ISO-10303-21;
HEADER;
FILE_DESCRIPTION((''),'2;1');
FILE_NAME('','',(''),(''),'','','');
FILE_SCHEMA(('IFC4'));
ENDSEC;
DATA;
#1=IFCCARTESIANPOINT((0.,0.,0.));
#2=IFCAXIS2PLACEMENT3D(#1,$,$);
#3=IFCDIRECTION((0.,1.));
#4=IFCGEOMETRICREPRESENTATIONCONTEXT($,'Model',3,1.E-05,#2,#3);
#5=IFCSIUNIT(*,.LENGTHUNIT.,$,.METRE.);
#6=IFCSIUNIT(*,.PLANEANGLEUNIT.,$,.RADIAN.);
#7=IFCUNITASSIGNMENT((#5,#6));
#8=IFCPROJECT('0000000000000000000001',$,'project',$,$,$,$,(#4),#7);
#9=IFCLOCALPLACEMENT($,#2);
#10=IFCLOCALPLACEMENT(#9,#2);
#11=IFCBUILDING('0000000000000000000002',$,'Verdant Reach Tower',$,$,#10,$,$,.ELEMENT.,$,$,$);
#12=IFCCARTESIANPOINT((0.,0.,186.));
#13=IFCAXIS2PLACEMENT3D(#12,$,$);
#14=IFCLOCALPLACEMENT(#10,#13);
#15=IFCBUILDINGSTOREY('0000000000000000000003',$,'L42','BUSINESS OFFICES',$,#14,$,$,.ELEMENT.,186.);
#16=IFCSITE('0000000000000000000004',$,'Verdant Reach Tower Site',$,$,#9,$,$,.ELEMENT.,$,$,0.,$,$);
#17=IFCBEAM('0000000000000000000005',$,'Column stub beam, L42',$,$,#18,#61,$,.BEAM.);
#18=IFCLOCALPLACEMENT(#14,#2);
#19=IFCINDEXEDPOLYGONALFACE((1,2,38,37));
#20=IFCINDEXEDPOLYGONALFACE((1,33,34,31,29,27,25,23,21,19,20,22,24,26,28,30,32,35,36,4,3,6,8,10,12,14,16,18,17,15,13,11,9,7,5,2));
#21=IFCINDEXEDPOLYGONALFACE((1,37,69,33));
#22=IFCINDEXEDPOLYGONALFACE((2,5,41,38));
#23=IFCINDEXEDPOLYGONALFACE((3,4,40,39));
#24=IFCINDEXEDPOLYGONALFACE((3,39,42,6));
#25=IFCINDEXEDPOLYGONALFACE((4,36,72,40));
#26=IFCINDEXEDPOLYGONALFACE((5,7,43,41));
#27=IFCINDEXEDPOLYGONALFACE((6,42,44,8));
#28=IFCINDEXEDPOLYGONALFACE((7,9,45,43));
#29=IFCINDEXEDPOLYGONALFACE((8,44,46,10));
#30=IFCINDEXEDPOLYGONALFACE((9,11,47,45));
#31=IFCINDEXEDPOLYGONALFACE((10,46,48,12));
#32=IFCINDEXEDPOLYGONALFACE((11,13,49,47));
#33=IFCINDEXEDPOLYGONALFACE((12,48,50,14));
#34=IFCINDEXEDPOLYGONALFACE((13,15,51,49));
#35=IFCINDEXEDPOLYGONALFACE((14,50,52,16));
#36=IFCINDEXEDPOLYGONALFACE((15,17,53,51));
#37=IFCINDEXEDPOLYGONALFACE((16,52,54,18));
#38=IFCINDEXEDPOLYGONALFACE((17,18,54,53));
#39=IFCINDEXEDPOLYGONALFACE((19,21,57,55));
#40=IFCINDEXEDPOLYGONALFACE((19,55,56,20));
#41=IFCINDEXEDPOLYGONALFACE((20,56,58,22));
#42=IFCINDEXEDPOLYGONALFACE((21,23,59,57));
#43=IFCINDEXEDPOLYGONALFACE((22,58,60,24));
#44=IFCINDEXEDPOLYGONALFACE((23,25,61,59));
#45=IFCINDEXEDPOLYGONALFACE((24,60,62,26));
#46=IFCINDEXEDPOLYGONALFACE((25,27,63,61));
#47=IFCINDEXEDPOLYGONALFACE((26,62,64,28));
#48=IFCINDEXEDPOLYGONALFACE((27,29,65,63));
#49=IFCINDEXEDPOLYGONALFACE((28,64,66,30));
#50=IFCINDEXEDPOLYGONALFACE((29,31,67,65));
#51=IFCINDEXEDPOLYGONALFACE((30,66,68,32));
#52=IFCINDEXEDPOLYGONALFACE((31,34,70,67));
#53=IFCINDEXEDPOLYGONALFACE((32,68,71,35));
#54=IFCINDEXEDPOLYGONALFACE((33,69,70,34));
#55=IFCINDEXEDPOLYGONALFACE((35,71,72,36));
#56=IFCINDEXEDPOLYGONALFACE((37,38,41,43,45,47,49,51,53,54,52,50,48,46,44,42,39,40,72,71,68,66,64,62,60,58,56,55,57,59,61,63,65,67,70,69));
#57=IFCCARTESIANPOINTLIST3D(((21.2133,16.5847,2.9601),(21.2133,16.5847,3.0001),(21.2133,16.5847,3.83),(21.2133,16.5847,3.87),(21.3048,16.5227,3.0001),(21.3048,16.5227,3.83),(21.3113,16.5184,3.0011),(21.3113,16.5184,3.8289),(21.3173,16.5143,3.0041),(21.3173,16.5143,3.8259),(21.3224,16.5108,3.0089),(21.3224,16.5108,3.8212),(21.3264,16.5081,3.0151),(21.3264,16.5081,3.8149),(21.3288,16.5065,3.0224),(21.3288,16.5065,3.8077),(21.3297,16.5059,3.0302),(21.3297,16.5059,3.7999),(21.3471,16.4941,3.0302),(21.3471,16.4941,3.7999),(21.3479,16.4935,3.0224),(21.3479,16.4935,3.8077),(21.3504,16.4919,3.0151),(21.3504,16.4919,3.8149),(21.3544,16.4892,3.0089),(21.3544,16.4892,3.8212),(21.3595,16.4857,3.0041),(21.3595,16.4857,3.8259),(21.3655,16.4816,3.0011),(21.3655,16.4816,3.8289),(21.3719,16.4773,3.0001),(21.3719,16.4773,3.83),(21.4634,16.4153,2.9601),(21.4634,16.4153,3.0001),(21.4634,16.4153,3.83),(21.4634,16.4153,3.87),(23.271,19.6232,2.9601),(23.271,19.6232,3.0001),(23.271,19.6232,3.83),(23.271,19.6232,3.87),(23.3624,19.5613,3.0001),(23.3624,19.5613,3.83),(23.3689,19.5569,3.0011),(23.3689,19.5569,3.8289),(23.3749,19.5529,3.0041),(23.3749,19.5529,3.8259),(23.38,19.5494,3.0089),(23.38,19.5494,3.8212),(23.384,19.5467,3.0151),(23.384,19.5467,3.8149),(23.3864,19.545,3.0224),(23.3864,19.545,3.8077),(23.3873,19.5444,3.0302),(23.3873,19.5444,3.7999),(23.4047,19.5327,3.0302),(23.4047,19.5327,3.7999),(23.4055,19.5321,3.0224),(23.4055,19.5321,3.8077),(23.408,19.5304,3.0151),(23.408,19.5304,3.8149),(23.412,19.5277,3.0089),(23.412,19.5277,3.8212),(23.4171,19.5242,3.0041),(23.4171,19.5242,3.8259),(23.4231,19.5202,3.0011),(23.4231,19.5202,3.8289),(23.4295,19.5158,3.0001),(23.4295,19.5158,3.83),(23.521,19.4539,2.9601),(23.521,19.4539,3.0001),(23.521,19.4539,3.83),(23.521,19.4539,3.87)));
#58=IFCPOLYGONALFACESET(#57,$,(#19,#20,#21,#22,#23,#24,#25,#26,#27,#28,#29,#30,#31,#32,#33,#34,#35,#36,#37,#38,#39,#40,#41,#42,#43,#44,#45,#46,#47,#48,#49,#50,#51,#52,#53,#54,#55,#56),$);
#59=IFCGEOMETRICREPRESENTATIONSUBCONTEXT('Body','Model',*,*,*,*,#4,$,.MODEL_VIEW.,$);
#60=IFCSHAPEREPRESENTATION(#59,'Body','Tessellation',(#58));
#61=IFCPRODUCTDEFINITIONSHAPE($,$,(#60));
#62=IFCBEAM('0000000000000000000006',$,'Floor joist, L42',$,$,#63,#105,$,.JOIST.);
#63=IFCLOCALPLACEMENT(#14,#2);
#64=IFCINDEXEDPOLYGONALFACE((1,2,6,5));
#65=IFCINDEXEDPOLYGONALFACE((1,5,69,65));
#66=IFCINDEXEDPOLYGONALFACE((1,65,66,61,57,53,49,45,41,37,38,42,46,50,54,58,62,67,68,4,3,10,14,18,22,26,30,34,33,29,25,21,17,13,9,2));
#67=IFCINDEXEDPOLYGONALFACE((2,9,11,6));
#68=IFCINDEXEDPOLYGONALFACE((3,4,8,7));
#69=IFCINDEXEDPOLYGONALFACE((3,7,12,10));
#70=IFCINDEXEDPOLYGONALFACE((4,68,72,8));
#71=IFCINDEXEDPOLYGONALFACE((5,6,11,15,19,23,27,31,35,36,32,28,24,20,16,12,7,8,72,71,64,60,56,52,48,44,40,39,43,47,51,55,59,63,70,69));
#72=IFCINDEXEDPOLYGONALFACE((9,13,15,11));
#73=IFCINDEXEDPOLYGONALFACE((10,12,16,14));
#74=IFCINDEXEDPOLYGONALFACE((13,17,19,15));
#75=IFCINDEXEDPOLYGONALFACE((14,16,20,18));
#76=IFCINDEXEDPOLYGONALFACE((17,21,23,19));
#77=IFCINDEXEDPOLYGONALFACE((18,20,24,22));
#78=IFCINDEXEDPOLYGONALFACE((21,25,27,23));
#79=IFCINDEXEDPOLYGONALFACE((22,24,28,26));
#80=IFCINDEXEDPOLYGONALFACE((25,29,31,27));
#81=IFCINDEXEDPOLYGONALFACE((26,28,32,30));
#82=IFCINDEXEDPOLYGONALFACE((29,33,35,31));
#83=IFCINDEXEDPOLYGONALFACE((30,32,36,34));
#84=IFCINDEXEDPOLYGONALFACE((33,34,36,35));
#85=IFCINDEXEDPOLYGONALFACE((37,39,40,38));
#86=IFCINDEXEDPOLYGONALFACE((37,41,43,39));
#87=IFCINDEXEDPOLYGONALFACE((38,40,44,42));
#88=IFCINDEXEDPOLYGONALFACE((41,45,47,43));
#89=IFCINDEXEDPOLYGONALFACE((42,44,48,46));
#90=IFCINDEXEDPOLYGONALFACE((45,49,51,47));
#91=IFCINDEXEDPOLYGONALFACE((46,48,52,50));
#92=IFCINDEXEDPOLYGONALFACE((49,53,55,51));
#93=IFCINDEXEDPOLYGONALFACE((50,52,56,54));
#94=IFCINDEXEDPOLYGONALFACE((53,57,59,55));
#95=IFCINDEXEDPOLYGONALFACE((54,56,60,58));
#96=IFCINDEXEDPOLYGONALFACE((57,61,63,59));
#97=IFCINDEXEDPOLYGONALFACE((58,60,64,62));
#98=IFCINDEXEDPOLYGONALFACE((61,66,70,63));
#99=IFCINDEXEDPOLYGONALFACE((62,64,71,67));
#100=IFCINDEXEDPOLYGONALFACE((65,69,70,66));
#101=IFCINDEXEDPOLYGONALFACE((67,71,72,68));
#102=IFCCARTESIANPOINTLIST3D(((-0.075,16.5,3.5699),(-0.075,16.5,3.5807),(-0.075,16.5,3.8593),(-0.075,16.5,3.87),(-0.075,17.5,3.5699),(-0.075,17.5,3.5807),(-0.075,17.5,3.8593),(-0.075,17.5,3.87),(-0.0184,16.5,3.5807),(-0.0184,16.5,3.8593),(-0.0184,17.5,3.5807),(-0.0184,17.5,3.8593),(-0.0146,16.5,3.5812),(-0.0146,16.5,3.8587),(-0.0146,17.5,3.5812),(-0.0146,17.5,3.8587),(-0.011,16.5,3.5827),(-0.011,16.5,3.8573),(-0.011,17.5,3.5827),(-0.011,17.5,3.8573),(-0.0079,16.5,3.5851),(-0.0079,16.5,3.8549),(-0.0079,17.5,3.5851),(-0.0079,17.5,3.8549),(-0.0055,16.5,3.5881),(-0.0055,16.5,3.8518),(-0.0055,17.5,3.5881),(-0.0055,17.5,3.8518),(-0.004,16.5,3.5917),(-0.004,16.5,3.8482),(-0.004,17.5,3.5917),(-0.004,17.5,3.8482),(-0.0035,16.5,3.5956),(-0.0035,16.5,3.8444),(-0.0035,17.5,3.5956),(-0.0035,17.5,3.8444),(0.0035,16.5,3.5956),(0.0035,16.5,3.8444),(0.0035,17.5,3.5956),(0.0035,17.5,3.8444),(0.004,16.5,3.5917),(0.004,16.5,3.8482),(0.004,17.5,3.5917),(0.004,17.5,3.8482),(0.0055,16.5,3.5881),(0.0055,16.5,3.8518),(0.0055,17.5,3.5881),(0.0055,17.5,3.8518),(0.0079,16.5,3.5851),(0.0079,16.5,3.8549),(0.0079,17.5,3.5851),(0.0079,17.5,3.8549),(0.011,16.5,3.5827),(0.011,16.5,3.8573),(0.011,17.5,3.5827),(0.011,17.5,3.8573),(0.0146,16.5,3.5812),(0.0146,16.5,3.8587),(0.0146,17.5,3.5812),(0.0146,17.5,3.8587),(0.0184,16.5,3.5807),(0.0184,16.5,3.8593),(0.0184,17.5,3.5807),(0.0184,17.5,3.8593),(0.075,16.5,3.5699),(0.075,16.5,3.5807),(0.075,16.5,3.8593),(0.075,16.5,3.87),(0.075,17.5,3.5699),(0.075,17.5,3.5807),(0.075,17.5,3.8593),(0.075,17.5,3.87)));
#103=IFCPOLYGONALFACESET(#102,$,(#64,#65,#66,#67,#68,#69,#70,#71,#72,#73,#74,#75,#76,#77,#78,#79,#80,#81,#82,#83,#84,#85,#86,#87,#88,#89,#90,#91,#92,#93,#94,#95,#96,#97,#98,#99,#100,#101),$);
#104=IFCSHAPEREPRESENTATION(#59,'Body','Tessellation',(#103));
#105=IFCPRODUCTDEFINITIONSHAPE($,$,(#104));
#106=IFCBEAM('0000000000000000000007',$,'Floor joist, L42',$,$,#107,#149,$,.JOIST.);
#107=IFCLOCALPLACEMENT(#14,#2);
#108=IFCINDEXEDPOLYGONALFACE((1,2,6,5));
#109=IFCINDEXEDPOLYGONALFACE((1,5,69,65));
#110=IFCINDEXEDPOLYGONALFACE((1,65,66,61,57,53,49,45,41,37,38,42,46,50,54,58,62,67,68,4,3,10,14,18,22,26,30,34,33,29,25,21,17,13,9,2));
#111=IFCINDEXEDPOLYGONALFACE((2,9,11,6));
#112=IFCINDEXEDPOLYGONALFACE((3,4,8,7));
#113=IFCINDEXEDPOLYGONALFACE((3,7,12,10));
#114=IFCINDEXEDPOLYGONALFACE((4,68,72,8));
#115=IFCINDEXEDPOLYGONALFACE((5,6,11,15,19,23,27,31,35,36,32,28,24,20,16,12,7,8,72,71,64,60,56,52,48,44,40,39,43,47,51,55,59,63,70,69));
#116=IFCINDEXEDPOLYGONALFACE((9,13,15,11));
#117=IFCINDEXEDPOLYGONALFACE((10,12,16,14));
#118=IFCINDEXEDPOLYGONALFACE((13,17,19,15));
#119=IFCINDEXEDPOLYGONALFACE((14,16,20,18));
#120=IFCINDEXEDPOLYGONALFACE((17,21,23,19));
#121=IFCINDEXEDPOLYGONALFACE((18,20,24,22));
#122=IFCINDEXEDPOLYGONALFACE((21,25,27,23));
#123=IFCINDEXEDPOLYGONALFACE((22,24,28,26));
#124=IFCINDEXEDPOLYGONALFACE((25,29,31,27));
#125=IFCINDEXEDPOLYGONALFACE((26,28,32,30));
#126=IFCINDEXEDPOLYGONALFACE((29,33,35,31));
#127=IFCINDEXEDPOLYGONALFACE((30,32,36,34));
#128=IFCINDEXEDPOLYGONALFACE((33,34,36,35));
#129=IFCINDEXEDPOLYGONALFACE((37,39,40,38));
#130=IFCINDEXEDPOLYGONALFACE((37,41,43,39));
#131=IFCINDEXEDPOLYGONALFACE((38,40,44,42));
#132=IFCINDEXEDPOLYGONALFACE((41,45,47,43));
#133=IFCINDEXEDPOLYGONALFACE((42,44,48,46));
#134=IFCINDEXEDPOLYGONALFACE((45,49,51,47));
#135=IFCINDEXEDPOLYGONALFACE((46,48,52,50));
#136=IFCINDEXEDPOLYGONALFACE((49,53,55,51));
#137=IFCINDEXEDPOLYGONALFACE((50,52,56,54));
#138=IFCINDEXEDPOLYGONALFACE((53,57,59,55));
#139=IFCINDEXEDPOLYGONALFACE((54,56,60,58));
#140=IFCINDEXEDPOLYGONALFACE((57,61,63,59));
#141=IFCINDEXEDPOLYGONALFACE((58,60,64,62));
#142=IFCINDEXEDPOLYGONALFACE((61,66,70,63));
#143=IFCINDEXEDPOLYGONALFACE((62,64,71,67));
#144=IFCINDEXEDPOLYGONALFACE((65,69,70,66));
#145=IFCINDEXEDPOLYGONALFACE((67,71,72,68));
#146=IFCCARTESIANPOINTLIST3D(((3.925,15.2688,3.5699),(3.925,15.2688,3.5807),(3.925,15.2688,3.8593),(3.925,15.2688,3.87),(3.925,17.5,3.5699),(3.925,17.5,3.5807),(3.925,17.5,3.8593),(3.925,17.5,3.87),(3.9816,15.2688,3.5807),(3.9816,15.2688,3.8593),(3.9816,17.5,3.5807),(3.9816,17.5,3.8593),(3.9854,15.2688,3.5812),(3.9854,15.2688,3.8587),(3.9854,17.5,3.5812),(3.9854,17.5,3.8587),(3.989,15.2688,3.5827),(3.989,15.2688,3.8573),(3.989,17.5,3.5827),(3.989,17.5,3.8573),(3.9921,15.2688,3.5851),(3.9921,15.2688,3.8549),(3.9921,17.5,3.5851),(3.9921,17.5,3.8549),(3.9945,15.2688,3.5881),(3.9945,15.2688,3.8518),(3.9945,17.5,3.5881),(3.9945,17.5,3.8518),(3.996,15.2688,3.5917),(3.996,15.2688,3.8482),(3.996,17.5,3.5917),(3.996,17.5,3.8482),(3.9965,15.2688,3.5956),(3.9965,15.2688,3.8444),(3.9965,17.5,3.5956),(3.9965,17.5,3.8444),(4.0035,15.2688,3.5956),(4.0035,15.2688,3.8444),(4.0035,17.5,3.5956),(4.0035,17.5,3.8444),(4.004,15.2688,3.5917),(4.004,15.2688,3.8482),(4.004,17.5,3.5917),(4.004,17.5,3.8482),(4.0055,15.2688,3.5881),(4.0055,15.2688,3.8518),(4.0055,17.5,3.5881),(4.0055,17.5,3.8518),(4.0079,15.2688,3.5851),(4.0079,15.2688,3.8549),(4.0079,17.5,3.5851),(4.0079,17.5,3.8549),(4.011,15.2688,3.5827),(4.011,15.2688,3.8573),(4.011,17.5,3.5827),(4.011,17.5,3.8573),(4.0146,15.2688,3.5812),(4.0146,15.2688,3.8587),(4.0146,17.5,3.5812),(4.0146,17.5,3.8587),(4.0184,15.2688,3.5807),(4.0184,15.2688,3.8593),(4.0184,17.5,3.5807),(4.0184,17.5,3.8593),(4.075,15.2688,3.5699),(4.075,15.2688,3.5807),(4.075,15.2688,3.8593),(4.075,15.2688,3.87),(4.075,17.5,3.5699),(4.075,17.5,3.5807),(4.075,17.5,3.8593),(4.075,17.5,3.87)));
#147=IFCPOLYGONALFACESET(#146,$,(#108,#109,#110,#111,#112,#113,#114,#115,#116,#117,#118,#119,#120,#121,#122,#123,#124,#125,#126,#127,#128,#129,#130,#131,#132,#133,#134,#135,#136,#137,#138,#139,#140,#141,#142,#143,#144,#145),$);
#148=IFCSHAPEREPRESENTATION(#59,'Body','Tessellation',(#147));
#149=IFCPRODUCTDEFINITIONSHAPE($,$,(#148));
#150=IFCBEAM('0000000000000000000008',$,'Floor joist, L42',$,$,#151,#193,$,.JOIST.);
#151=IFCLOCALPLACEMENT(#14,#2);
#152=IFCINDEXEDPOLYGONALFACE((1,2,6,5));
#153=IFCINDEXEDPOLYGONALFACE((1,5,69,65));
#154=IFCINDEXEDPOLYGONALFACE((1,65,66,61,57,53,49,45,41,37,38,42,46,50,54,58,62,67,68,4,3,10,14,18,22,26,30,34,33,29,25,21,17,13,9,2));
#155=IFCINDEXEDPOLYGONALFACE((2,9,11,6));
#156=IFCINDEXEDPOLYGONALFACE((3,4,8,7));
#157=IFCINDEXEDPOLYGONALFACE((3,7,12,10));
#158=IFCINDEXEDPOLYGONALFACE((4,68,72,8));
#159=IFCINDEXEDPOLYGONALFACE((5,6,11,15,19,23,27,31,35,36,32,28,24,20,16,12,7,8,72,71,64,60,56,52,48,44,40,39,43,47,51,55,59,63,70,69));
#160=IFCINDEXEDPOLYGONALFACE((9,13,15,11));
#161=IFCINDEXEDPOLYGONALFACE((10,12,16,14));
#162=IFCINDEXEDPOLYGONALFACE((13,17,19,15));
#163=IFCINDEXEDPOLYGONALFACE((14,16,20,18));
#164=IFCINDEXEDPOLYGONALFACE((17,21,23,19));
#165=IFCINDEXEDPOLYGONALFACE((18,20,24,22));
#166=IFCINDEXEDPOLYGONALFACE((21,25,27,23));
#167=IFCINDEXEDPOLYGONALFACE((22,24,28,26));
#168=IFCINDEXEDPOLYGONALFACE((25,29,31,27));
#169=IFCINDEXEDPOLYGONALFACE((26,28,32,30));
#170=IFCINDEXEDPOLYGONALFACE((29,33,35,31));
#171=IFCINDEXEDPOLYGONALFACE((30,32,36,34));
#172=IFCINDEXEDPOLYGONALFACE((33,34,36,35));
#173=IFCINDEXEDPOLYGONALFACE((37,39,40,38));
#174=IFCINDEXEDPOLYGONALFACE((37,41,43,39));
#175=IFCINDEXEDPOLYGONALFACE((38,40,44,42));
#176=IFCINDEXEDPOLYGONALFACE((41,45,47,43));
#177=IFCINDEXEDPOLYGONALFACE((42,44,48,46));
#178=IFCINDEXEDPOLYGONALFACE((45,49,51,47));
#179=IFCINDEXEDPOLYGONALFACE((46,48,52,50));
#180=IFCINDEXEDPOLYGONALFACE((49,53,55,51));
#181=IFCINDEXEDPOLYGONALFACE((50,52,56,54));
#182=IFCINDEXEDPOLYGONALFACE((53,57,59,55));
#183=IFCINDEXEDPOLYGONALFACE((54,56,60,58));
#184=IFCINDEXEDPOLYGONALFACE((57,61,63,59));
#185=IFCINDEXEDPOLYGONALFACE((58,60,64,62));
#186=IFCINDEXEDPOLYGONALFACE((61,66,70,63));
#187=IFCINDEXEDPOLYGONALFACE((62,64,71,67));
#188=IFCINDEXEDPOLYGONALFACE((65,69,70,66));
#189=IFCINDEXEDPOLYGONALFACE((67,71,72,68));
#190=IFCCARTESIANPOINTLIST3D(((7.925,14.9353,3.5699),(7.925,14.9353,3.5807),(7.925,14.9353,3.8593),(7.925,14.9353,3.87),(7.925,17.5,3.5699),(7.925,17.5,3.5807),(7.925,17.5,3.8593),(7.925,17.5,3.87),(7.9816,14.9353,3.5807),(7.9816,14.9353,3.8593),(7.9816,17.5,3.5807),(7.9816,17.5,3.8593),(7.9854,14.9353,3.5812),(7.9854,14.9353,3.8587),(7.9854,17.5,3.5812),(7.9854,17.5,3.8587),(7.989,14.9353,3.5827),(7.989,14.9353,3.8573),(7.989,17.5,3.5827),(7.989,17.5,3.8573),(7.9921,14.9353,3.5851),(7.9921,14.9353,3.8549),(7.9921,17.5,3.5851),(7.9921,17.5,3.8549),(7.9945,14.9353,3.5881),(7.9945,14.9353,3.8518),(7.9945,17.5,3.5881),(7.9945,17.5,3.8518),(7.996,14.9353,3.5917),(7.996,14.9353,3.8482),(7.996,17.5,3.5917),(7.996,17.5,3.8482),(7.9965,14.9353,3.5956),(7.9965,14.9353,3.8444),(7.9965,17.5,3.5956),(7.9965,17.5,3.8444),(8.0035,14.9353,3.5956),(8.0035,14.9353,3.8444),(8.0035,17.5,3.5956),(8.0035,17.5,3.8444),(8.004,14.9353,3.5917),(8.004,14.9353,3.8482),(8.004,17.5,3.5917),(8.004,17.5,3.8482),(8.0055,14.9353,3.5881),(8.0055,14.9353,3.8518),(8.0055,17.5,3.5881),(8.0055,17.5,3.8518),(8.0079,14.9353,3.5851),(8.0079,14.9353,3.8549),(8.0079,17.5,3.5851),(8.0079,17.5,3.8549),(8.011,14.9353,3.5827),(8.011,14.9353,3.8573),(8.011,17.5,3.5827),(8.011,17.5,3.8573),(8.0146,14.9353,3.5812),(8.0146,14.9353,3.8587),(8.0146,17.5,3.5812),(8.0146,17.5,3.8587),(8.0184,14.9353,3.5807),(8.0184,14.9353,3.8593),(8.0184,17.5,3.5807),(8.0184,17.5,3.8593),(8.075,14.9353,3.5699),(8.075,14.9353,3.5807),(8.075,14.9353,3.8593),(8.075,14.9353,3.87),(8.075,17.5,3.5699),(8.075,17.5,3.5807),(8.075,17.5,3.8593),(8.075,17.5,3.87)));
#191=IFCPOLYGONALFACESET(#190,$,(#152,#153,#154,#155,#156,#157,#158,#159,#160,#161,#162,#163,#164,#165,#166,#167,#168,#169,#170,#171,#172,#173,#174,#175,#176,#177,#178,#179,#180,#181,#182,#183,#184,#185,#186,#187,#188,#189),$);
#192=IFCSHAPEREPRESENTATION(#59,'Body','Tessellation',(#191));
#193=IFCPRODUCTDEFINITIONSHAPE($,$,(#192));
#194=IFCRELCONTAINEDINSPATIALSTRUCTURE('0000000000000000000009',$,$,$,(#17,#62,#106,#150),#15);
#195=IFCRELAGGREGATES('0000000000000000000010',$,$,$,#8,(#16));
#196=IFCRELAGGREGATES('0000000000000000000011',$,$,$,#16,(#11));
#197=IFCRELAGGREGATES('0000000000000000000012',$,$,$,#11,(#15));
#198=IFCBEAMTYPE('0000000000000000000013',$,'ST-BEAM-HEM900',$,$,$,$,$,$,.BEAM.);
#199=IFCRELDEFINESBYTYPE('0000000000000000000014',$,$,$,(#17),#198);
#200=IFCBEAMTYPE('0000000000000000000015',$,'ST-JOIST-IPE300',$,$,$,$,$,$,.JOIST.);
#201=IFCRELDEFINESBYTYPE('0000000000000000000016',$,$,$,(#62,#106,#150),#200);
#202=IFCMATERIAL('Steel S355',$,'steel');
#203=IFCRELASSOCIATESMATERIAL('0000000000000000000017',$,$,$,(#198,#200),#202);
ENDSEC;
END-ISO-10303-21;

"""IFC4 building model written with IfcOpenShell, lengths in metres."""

from ifc_helpers import new_model, si_unit, direction, frame, origin, origin_2d, place, context, subcontext, project, spatial, i_section, extrude, material, material_profile, profile_set, type_object, element, save


model = new_model("IFC4")

# Units and contexts
model_context = context("Model", 3, precision=1e-05, world=origin(), true_north=direction((0.0, 1.0)))
body_context = subcontext(model_context, "Body", "Model", "MODEL_VIEW")
ifc_project = project(units=[si_unit("LENGTHUNIT", "METRE"), si_unit("PLANEANGLEUNIT", "RADIAN")], contexts=[model_context])

# Site, building, storey
site_placement = place(None, origin())
site = spatial("IfcSite", under=ifc_project, at=site_placement, Name="Verdant Reach Tower Site", CompositionType="ELEMENT", RefElevation=0.0)
building_placement = place(site_placement, origin())
building = spatial("IfcBuilding", under=site, at=building_placement, Name="Verdant Reach Tower", CompositionType="ELEMENT")
storey_placement = place(building_placement, frame((0.0, 0.0, 186.0)))
storey = spatial("IfcBuildingStorey", under=building, at=storey_placement, Name="L42", Description="BUSINESS OFFICES", CompositionType="ELEMENT", Elevation=186.0)

# Beams
ifc_material_1 = material(Name="Steel S355", Category="steel")
ifc_material_profile_1 = material_profile(ifc_material_1, i_section(OverallWidth=0.302, OverallDepth=0.9099, WebThickness=0.021, FlangeThickness=0.04, FilletRadius=0.03, at=origin_2d()), Name="HEM 900")
ifc_profile_set_1 = profile_set([ifc_material_profile_1], Name="Steel S355")
beam_type_1 = type_object("IfcBeamType", Name="ST-BEAM-HEM900", PredefinedType="BEAM", material=ifc_profile_set_1)
beam_1_placement = place(storey_placement, frame((21.3384, 16.5, 3.415), z_axis=(0.560704, 0.828016, 0.0), x_axis=(-0.828016, 0.560704, 0.0)))
element("IfcBeam", 1, at=beam_1_placement, inside=storey, type_object=beam_type_1, Name="Column stub beam, L42", PredefinedType="BEAM", context=body_context, shape_type="SweptSolid", body=[
    extrude(i_section(OverallWidth=0.302, OverallDepth=0.9099, WebThickness=0.021, FlangeThickness=0.04, FilletRadius=0.03, at=origin_2d()), origin(), (0.0, 0.0, 1.0), 3.6697),
])
ifc_material_profile_2 = material_profile(ifc_material_1, i_section(OverallWidth=0.1499, OverallDepth=0.3, WebThickness=0.0071, FlangeThickness=0.0107, FilletRadius=0.0149, at=origin_2d()), Name="IPE 300")
ifc_profile_set_2 = profile_set([ifc_material_profile_2], Name="Steel S355")
beam_type_2 = type_object("IfcBeamType", Name="ST-JOIST-IPE300", PredefinedType="JOIST", material=ifc_profile_set_2)
beam_2_placement = place(storey_placement, frame((0.0, 17.5, 3.72), z_axis=(0.0, -1.0, 0.0), x_axis=(1.0, 0.0, 0.0)))
element("IfcBeam", 2, at=beam_2_placement, inside=storey, type_object=beam_type_2, Name="Floor joist, L42", PredefinedType="JOIST", context=body_context, shape_type="SweptSolid", body=[
    extrude(i_section(OverallWidth=0.1499, OverallDepth=0.3, WebThickness=0.0071, FlangeThickness=0.0107, FilletRadius=0.0149, at=origin_2d()), origin(), (0.0, 0.0, 1.0), 1.0),
])
beam_3_placement = place(storey_placement, frame((4.0, 17.5, 3.72), z_axis=(0.0, -1.0, 0.0), x_axis=(1.0, 0.0, 0.0)))
element("IfcBeam", 3, at=beam_3_placement, inside=storey, type_object=beam_type_2, Name="Floor joist, L42", PredefinedType="JOIST", context=body_context, shape_type="SweptSolid", body=[
    extrude(i_section(OverallWidth=0.1499, OverallDepth=0.3, WebThickness=0.0071, FlangeThickness=0.0107, FilletRadius=0.0149, at=origin_2d()), origin(), (0.0, 0.0, 1.0), 2.2312),
])
beam_4_placement = place(storey_placement, frame((8.0, 17.5, 3.72), z_axis=(0.0, -1.0, 0.0), x_axis=(1.0, 0.0, 0.0)))
element("IfcBeam", 4, at=beam_4_placement, inside=storey, type_object=beam_type_2, Name="Floor joist, L42", PredefinedType="JOIST", context=body_context, shape_type="SweptSolid", body=[
    extrude(i_section(OverallWidth=0.1499, OverallDepth=0.3, WebThickness=0.0071, FlangeThickness=0.0107, FilletRadius=0.0149, at=origin_2d()), origin(), (0.0, 0.0, 1.0), 2.5647),
])

save(model, "model.ifc")
